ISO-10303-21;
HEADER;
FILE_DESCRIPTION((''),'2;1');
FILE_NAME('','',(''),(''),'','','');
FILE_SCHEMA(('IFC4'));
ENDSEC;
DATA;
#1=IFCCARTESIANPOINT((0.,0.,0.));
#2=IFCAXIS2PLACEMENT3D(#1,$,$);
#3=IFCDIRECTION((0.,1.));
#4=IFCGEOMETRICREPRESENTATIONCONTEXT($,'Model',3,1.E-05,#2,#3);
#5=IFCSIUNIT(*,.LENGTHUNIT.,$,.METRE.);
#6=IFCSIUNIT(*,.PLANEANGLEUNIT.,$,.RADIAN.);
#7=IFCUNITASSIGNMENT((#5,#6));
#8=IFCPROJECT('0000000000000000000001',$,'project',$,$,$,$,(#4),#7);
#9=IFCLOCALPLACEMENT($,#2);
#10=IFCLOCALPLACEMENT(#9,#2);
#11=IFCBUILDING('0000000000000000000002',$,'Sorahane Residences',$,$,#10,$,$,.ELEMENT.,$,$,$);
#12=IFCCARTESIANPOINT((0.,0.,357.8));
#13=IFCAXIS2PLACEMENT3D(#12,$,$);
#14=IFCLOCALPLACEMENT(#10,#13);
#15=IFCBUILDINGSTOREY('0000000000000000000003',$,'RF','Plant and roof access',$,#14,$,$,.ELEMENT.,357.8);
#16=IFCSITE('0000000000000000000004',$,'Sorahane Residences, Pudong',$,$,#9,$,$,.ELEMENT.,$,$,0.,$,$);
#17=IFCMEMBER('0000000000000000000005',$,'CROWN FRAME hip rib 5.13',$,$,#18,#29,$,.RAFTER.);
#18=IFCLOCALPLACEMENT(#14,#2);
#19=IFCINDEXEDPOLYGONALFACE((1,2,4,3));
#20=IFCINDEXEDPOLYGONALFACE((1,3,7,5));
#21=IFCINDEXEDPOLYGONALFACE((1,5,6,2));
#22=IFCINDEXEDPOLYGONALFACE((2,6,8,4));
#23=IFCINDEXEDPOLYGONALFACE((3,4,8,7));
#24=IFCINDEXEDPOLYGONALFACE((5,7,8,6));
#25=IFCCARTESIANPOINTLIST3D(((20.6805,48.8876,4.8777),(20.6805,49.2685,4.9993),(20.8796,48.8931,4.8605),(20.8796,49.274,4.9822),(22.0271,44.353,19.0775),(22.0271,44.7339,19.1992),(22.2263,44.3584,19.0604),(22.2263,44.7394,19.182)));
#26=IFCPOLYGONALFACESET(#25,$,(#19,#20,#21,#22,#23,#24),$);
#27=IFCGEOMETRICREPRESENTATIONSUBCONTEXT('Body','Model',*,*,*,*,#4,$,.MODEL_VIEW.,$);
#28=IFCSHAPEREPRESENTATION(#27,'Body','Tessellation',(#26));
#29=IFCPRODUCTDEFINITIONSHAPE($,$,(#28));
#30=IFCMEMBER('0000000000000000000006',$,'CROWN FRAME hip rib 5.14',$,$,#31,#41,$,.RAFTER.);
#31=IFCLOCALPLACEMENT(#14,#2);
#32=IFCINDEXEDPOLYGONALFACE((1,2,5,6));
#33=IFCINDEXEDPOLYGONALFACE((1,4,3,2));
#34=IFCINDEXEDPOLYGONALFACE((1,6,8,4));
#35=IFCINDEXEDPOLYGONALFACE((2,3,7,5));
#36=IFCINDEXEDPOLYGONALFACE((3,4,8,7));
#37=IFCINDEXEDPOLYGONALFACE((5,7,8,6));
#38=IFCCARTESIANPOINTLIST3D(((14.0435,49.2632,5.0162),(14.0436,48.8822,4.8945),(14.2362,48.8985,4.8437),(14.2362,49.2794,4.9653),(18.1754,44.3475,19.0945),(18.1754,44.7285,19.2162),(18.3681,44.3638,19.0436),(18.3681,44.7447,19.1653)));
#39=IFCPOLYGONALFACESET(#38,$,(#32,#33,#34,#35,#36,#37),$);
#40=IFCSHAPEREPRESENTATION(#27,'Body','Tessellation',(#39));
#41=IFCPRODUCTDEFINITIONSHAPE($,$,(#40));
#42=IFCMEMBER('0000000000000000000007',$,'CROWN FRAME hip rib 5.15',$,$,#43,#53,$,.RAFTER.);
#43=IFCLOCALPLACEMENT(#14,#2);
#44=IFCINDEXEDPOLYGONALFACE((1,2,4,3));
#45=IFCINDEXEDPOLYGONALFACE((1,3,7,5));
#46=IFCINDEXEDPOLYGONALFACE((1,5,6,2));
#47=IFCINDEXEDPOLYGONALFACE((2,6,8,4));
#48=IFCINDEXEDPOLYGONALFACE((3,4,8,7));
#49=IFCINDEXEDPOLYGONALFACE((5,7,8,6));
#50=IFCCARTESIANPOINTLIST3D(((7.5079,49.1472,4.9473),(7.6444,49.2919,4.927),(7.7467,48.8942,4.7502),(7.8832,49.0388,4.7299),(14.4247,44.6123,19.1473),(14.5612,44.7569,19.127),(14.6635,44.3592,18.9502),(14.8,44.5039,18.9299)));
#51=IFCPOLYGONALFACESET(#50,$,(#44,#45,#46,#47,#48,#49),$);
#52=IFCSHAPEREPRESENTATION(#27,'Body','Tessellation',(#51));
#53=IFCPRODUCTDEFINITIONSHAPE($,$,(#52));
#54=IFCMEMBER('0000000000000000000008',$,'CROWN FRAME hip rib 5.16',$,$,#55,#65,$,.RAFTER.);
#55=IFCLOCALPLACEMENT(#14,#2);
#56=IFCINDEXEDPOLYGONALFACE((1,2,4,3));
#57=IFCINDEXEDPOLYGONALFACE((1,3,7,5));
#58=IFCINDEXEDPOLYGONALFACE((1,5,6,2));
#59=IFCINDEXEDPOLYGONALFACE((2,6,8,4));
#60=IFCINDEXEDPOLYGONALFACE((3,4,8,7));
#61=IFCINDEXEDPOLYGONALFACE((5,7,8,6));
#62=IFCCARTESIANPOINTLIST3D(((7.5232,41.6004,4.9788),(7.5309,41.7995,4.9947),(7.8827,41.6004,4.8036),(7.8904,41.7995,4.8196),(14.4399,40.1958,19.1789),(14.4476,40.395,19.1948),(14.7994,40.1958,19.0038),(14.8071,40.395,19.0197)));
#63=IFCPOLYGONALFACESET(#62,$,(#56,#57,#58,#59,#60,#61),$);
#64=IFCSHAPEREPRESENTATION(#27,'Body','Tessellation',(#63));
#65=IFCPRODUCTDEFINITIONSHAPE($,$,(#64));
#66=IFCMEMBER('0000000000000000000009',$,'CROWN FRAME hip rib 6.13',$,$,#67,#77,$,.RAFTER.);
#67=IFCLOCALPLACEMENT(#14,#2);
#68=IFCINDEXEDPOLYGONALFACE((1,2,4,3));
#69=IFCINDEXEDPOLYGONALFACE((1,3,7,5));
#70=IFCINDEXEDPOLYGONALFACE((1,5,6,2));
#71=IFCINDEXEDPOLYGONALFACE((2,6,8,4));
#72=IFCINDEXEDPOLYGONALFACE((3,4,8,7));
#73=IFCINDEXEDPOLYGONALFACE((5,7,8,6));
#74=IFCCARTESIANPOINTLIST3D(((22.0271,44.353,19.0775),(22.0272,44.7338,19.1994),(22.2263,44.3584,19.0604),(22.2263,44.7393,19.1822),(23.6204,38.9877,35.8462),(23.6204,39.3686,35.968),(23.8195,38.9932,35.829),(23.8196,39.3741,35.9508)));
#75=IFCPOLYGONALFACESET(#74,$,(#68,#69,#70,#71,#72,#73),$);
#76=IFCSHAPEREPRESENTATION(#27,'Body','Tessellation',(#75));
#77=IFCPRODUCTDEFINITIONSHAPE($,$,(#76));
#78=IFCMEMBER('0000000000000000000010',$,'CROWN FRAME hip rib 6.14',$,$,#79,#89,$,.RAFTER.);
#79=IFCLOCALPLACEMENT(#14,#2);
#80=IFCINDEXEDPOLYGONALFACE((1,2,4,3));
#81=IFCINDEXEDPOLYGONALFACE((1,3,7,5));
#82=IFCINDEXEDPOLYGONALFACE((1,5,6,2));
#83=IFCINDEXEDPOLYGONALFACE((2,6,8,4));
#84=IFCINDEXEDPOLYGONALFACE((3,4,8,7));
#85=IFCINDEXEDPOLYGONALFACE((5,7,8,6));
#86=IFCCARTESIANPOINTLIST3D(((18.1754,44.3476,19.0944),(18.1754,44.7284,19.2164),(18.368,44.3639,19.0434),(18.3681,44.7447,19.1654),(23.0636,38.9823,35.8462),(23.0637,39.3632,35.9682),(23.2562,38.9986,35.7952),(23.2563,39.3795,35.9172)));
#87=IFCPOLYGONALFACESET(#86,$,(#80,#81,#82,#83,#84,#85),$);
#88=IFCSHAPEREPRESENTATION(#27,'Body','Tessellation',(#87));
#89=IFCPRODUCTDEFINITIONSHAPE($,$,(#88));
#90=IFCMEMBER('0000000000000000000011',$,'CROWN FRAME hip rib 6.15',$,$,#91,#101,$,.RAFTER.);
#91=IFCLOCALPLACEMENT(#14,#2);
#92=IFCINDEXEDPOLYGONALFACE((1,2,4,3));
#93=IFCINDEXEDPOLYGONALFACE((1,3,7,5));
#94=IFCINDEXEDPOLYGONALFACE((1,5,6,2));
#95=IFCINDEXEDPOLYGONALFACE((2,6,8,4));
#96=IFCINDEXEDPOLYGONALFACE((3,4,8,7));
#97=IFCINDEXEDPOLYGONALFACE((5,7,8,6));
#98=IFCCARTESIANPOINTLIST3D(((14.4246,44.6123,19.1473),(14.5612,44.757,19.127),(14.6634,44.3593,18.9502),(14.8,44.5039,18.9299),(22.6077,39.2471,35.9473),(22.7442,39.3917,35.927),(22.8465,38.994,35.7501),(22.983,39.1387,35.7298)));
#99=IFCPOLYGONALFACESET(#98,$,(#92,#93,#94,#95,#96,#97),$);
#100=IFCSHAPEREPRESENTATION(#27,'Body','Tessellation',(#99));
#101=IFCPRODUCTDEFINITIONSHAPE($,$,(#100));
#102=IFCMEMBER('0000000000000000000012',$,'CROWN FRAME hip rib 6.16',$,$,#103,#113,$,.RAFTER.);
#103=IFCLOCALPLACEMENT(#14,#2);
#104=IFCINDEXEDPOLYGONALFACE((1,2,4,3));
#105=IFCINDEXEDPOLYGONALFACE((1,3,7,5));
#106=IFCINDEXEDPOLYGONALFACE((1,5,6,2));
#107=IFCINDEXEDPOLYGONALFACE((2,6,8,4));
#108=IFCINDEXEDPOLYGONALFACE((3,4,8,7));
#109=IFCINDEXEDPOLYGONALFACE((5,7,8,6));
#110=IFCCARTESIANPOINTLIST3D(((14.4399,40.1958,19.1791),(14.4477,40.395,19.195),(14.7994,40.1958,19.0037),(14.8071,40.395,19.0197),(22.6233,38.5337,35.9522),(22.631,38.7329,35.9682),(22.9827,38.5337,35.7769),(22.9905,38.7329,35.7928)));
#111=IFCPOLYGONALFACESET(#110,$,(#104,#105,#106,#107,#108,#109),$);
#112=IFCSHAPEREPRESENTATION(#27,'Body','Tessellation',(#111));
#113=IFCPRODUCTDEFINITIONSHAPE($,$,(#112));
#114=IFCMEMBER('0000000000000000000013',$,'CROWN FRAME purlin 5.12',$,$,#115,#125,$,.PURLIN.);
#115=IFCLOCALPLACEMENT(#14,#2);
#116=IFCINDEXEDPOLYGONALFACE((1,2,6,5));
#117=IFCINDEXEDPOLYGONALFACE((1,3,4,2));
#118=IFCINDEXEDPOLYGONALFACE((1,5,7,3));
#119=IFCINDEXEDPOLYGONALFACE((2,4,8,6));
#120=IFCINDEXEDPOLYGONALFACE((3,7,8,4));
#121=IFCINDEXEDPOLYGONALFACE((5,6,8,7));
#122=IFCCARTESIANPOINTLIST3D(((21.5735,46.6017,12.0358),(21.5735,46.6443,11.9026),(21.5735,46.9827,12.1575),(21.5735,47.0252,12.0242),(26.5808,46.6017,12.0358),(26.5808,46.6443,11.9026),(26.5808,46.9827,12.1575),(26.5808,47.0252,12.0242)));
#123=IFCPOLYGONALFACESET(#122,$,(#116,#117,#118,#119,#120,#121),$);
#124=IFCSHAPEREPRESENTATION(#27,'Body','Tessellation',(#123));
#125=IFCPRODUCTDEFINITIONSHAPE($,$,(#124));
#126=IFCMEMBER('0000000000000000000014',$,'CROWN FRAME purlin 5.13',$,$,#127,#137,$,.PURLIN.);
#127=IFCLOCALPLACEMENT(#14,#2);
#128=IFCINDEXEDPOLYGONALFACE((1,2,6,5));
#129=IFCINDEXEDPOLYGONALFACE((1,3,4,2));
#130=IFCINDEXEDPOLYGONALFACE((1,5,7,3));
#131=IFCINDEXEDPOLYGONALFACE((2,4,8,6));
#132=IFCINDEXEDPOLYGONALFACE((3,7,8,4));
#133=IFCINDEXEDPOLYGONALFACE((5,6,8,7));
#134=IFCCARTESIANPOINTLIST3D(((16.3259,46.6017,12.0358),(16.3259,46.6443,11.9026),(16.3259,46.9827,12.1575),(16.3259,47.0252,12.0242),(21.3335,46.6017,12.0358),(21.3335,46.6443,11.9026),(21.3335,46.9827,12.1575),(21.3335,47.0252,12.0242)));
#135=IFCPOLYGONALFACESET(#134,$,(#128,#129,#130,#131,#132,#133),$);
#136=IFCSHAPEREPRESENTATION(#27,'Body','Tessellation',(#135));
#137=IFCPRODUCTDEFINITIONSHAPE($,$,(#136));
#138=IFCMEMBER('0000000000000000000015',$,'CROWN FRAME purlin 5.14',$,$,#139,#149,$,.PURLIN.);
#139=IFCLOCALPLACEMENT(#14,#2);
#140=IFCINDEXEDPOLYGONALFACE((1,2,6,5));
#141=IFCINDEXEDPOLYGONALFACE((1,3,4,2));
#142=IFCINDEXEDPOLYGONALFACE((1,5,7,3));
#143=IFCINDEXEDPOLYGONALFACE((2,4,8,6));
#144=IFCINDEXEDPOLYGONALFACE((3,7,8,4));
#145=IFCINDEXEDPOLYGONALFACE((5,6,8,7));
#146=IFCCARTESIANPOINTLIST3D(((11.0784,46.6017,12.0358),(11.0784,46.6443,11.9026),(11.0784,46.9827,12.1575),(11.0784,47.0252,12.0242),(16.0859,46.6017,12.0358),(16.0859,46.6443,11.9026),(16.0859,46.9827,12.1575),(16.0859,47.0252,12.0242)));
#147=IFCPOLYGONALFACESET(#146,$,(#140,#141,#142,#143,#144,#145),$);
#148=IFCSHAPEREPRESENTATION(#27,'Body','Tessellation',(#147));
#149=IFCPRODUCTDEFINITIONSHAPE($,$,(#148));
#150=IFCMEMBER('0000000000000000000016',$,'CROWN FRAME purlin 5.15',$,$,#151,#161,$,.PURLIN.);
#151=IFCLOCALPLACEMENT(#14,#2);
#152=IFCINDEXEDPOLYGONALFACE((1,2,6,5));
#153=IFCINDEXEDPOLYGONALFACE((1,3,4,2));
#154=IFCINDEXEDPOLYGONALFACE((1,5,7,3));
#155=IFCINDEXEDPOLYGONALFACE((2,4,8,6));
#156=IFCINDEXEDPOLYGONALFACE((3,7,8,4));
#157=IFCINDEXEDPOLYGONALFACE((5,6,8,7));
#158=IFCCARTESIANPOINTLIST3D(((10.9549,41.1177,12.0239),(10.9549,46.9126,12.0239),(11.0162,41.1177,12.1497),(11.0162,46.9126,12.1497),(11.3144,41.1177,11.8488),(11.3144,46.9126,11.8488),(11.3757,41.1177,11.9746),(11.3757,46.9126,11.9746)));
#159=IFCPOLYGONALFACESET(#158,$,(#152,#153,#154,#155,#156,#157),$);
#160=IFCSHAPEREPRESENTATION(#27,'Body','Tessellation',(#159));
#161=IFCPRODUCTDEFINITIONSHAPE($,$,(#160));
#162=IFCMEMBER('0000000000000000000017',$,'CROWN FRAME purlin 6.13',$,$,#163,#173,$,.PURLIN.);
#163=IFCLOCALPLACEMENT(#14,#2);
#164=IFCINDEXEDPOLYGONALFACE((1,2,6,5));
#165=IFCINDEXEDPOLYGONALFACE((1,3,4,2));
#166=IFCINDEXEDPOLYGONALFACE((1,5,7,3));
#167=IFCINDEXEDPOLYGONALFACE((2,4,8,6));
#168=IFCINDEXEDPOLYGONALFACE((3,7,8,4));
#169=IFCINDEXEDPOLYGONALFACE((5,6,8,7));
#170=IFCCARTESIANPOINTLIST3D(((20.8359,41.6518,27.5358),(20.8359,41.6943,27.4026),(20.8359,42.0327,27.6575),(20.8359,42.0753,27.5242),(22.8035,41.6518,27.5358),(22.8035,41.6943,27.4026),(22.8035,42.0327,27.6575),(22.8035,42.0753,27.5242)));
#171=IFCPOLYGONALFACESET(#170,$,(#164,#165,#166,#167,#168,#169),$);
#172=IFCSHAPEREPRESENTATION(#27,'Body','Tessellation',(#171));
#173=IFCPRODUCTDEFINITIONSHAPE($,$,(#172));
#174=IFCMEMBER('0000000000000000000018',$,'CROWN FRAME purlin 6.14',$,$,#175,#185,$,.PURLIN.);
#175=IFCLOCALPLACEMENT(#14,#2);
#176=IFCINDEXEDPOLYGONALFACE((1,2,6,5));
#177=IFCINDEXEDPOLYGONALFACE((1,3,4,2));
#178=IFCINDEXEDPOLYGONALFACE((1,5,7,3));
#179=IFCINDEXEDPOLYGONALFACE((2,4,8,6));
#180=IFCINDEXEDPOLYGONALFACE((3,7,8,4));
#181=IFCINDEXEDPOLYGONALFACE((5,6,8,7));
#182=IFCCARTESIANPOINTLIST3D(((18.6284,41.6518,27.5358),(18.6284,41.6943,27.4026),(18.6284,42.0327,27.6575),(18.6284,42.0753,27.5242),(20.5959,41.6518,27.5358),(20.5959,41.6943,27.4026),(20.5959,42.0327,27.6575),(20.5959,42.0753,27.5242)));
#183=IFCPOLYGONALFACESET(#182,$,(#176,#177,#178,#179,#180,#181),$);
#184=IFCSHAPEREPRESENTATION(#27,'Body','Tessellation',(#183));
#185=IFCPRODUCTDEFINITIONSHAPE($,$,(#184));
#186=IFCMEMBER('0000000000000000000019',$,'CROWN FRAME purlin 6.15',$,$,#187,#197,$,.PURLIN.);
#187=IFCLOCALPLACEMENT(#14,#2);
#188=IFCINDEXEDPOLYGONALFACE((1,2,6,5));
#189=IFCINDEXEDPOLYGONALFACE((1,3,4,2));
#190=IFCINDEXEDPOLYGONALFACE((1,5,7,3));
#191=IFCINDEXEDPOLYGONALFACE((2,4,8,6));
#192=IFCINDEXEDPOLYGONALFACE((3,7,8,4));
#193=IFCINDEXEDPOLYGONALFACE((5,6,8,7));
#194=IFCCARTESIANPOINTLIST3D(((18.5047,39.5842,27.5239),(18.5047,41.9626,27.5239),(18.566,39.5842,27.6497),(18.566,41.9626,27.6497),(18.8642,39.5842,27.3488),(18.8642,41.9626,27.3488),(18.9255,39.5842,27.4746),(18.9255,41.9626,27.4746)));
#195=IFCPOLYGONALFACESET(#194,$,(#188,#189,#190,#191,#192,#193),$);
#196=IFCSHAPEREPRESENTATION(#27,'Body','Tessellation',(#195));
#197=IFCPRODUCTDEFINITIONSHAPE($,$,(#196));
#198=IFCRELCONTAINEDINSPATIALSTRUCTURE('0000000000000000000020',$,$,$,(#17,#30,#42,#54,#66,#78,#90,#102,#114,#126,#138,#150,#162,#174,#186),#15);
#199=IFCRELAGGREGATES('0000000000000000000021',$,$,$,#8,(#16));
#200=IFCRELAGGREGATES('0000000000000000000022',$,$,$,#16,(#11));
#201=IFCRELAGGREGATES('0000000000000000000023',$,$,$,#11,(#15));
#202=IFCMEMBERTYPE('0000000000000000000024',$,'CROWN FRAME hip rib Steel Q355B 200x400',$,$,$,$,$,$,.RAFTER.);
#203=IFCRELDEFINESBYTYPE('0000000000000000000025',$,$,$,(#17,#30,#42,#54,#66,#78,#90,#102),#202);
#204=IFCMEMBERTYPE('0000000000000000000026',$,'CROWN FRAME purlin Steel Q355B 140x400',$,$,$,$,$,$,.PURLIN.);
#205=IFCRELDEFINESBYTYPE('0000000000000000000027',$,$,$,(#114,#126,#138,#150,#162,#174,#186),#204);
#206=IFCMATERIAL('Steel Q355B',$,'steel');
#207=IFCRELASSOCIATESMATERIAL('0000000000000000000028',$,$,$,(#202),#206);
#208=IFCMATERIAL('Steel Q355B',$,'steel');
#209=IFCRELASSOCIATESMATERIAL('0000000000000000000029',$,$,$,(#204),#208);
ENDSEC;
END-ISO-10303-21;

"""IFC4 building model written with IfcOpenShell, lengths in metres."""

from ifc_helpers import new_model, si_unit, direction, frame, origin, origin_2d, place, context, subcontext, project, spatial, rectangle, extrude, material, material_profile, profile_set, type_object, element, save


model = new_model("IFC4")

# Units and contexts
model_context = context("Model", 3, precision=1e-05, world=origin(), true_north=direction((0.0, 1.0)))
body_context = subcontext(model_context, "Body", "Model", "MODEL_VIEW")
ifc_project = project(units=[si_unit("LENGTHUNIT", "METRE"), si_unit("PLANEANGLEUNIT", "RADIAN")], contexts=[model_context])

# Site, building, storey
site_placement = place(None, origin())
site = spatial("IfcSite", under=ifc_project, at=site_placement, Name="Sorahane Residences, Pudong", CompositionType="ELEMENT", RefElevation=0.0)
building_placement = place(site_placement, origin())
building = spatial("IfcBuilding", under=site, at=building_placement, Name="Sorahane Residences", CompositionType="ELEMENT")
storey_placement = place(building_placement, frame((0.0, 0.0, 357.8)))
storey = spatial("IfcBuildingStorey", under=building, at=storey_placement, Name="RF", Description="Plant and roof access", CompositionType="ELEMENT", Elevation=357.8)

# Members
ifc_material_1 = material(Name="Steel Q355B", Category="steel")
ifc_material_profile_1 = material_profile(ifc_material_1, rectangle(XDim=0.2, YDim=0.3999, at=origin_2d()), Name="CROWN FRAME hip rib Steel Q355B 200x400")
ifc_profile_set_1 = profile_set([ifc_material_profile_1], Name="Steel Q355B")
member_type_1 = type_object("IfcMemberType", Name="CROWN FRAME hip rib Steel Q355B 200x400", PredefinedType="RAFTER", material=ifc_profile_set_1)
member_1_placement = place(storey_placement, frame((20.78, 49.0808, 4.9299), z_axis=(0.089976, -0.302975, 0.948742), x_axis=(0.995944, 0.027371, -0.085711)))
element("IfcMember", 1, at=member_1_placement, inside=storey, type_object=member_type_1, Name="CROWN FRAME hip rib 5.13", PredefinedType="RAFTER", context=body_context, shape_type="SweptSolid", body=[
    extrude(rectangle(XDim=0.2, YDim=0.3999, at=origin_2d()), origin(), (0.0, 0.0, 1.0), 14.967),
])
member_2_placement = place(storey_placement, frame((14.1399, 49.0808, 4.9299), z_axis=(0.267113, -0.293155, 0.917993), x_axis=(0.963665, 0.081281, -0.254446)))
element("IfcMember", 2, at=member_2_placement, inside=storey, type_object=member_type_1, Name="CROWN FRAME hip rib 5.14", PredefinedType="RAFTER", context=body_context, shape_type="SweptSolid", body=[
    extrude(rectangle(XDim=0.2, YDim=0.3999, at=origin_2d()), origin(), (0.0, 0.0, 1.0), 15.4685),
])
member_3_placement = place(storey_placement, frame((7.6956, 49.093, 4.8386), z_axis=(0.420904, -0.275963, 0.864109), x_axis=(0.68282, 0.723496, -0.101543)))
element("IfcMember", 3, at=member_3_placement, inside=storey, type_object=member_type_1, Name="CROWN FRAME hip rib 5.15", PredefinedType="RAFTER", context=body_context, shape_type="SweptSolid", body=[
    extrude(rectangle(XDim=0.2, YDim=0.3999, at=origin_2d()), origin(), (0.0, 0.0, 1.0), 16.4331),
])
member_4_placement = place(storey_placement, frame((7.7068, 41.7, 4.8992), z_axis=(0.436182, -0.088573, 0.895489), x_axis=(0.038766, 0.99607, 0.079639)))
element("IfcMember", 4, at=member_4_placement, inside=storey, type_object=member_type_1, Name="CROWN FRAME hip rib 5.16", PredefinedType="RAFTER", context=body_context, shape_type="SweptSolid", body=[
    extrude(rectangle(XDim=0.2, YDim=0.3999, at=origin_2d()), origin(), (0.0, 0.0, 1.0), 15.8574),
])
member_5_placement = place(storey_placement, frame((22.1267, 44.5461, 19.1299), z_axis=(0.090127, -0.303499, 0.94856), x_axis=(0.99593, 0.027414, -0.085857)))
element("IfcMember", 5, at=member_5_placement, inside=storey, type_object=member_type_1, Name="CROWN FRAME hip rib 6.13", PredefinedType="RAFTER", context=body_context, shape_type="SweptSolid", body=[
    extrude(rectangle(XDim=0.2, YDim=0.3999, at=origin_2d()), origin(), (0.0, 0.0, 1.0), 17.678),
])
member_6_placement = place(storey_placement, frame((18.2717, 44.5461, 19.1299), z_axis=(0.26775, -0.293881, 0.917575), x_axis=(0.963488, 0.081448, -0.255062)))
element("IfcMember", 6, at=member_6_placement, inside=storey, type_object=member_type_1, Name="CROWN FRAME hip rib 6.14", PredefinedType="RAFTER", context=body_context, shape_type="SweptSolid", body=[
    extrude(rectangle(XDim=0.2, YDim=0.3999, at=origin_2d()), origin(), (0.0, 0.0, 1.0), 18.2566),
])
member_7_placement = place(storey_placement, frame((14.6123, 44.5581, 19.0386), z_axis=(0.420899, -0.275961, 0.864112), x_axis=(0.682817, 0.7235, -0.101536)))
element("IfcMember", 7, at=member_7_placement, inside=storey, type_object=member_type_1, Name="CROWN FRAME hip rib 6.15", PredefinedType="RAFTER", context=body_context, shape_type="SweptSolid", body=[
    extrude(rectangle(XDim=0.2, YDim=0.3999, at=origin_2d()), origin(), (0.0, 0.0, 1.0), 19.4419),
])
member_8_placement = place(storey_placement, frame((14.6235, 40.2954, 19.0994), z_axis=(0.436751, -0.088708, 0.895198), x_axis=(0.03886, 0.996058, 0.079743)))
element("IfcMember", 8, at=member_8_placement, inside=storey, type_object=member_type_1, Name="CROWN FRAME hip rib 6.16", PredefinedType="RAFTER", context=body_context, shape_type="SweptSolid", body=[
    extrude(rectangle(XDim=0.2, YDim=0.3999, at=origin_2d()), origin(), (0.0, 0.0, 1.0), 18.7368),
])
ifc_material_2 = material(Name="Steel Q355B", Category="steel")
ifc_material_profile_2 = material_profile(ifc_material_2, rectangle(XDim=0.1399, YDim=0.3999, at=origin_2d()), Name="CROWN FRAME purlin Steel Q355B 140x400")
ifc_profile_set_2 = profile_set([ifc_material_profile_2], Name="Steel Q355B")
member_type_2 = type_object("IfcMemberType", Name="CROWN FRAME purlin Steel Q355B 140x400", PredefinedType="PURLIN", material=ifc_profile_set_2)
member_9_placement = place(storey_placement, frame((21.5735, 46.8135, 12.03), z_axis=(1.0, 0.0, 0.0), x_axis=(0.0, 0.304216, -0.952603)))
element("IfcMember", 9, at=member_9_placement, inside=storey, type_object=member_type_2, Name="CROWN FRAME purlin 5.12", PredefinedType="PURLIN", context=body_context, shape_type="SweptSolid", body=[
    extrude(rectangle(XDim=0.1399, YDim=0.3999, at=origin_2d()), origin(), (0.0, 0.0, 1.0), 5.0073),
])
for number, where, z_axis, x_axis, name in (
    (10, (16.3259, 46.8135, 12.03), (1.0, 0.0, 0.0), (0.0, 0.304216, -0.952603), "CROWN FRAME purlin 5.13"),
    (11, (11.0784, 46.8135, 12.03), (1.0, 0.0, 0.0), (0.0, 0.304216, -0.952603), "CROWN FRAME purlin 5.14"),
):
    element("IfcMember", number, at=place(storey_placement, frame(where, z_axis=z_axis, x_axis=x_axis)), inside=storey, type_object=member_type_2, Name=name, PredefinedType="PURLIN", context=body_context, shape_type="SweptSolid", body=[
        extrude(rectangle(XDim=0.1399, YDim=0.3999, at=origin_2d()), origin(), (0.0, 0.0, 1.0), 5.0076),
    ])
member_10_placement = place(storey_placement, frame((11.1653, 41.1177, 11.9993), z_axis=(0.0, 1.0, 0.0), x_axis=(-0.43791, 0.0, -0.899019)))
element("IfcMember", 12, at=member_10_placement, inside=storey, type_object=member_type_2, Name="CROWN FRAME purlin 5.15", PredefinedType="PURLIN", context=body_context, shape_type="SweptSolid", body=[
    extrude(rectangle(XDim=0.1399, YDim=0.3999, at=origin_2d()), origin(), (0.0, 0.0, 1.0), 5.7949),
])
for number, where, z_axis, x_axis, name in (
    (13, (20.8359, 41.8635, 27.53), (1.0, 0.0, 0.0), (0.0, 0.304221, -0.952602), "CROWN FRAME purlin 6.13"),
    (14, (18.6284, 41.8635, 27.53), (1.0, 0.0, 0.0), (0.0, 0.304221, -0.952602), "CROWN FRAME purlin 6.14"),
):
    element("IfcMember", number, at=place(storey_placement, frame(where, z_axis=z_axis, x_axis=x_axis)), inside=storey, type_object=member_type_2, Name=name, PredefinedType="PURLIN", context=body_context, shape_type="SweptSolid", body=[
        extrude(rectangle(XDim=0.1399, YDim=0.3999, at=origin_2d()), origin(), (0.0, 0.0, 1.0), 1.9675),
    ])
member_11_placement = place(storey_placement, frame((18.7151, 39.5842, 27.4993), z_axis=(0.0, 1.0, 0.0), x_axis=(-0.437908, 0.0, -0.89902)))
element("IfcMember", 15, at=member_11_placement, inside=storey, type_object=member_type_2, Name="CROWN FRAME purlin 6.15", PredefinedType="PURLIN", context=body_context, shape_type="SweptSolid", body=[
    extrude(rectangle(XDim=0.1399, YDim=0.3999, at=origin_2d()), origin(), (0.0, 0.0, 1.0), 2.3784),
])

save(model, "model.ifc")
